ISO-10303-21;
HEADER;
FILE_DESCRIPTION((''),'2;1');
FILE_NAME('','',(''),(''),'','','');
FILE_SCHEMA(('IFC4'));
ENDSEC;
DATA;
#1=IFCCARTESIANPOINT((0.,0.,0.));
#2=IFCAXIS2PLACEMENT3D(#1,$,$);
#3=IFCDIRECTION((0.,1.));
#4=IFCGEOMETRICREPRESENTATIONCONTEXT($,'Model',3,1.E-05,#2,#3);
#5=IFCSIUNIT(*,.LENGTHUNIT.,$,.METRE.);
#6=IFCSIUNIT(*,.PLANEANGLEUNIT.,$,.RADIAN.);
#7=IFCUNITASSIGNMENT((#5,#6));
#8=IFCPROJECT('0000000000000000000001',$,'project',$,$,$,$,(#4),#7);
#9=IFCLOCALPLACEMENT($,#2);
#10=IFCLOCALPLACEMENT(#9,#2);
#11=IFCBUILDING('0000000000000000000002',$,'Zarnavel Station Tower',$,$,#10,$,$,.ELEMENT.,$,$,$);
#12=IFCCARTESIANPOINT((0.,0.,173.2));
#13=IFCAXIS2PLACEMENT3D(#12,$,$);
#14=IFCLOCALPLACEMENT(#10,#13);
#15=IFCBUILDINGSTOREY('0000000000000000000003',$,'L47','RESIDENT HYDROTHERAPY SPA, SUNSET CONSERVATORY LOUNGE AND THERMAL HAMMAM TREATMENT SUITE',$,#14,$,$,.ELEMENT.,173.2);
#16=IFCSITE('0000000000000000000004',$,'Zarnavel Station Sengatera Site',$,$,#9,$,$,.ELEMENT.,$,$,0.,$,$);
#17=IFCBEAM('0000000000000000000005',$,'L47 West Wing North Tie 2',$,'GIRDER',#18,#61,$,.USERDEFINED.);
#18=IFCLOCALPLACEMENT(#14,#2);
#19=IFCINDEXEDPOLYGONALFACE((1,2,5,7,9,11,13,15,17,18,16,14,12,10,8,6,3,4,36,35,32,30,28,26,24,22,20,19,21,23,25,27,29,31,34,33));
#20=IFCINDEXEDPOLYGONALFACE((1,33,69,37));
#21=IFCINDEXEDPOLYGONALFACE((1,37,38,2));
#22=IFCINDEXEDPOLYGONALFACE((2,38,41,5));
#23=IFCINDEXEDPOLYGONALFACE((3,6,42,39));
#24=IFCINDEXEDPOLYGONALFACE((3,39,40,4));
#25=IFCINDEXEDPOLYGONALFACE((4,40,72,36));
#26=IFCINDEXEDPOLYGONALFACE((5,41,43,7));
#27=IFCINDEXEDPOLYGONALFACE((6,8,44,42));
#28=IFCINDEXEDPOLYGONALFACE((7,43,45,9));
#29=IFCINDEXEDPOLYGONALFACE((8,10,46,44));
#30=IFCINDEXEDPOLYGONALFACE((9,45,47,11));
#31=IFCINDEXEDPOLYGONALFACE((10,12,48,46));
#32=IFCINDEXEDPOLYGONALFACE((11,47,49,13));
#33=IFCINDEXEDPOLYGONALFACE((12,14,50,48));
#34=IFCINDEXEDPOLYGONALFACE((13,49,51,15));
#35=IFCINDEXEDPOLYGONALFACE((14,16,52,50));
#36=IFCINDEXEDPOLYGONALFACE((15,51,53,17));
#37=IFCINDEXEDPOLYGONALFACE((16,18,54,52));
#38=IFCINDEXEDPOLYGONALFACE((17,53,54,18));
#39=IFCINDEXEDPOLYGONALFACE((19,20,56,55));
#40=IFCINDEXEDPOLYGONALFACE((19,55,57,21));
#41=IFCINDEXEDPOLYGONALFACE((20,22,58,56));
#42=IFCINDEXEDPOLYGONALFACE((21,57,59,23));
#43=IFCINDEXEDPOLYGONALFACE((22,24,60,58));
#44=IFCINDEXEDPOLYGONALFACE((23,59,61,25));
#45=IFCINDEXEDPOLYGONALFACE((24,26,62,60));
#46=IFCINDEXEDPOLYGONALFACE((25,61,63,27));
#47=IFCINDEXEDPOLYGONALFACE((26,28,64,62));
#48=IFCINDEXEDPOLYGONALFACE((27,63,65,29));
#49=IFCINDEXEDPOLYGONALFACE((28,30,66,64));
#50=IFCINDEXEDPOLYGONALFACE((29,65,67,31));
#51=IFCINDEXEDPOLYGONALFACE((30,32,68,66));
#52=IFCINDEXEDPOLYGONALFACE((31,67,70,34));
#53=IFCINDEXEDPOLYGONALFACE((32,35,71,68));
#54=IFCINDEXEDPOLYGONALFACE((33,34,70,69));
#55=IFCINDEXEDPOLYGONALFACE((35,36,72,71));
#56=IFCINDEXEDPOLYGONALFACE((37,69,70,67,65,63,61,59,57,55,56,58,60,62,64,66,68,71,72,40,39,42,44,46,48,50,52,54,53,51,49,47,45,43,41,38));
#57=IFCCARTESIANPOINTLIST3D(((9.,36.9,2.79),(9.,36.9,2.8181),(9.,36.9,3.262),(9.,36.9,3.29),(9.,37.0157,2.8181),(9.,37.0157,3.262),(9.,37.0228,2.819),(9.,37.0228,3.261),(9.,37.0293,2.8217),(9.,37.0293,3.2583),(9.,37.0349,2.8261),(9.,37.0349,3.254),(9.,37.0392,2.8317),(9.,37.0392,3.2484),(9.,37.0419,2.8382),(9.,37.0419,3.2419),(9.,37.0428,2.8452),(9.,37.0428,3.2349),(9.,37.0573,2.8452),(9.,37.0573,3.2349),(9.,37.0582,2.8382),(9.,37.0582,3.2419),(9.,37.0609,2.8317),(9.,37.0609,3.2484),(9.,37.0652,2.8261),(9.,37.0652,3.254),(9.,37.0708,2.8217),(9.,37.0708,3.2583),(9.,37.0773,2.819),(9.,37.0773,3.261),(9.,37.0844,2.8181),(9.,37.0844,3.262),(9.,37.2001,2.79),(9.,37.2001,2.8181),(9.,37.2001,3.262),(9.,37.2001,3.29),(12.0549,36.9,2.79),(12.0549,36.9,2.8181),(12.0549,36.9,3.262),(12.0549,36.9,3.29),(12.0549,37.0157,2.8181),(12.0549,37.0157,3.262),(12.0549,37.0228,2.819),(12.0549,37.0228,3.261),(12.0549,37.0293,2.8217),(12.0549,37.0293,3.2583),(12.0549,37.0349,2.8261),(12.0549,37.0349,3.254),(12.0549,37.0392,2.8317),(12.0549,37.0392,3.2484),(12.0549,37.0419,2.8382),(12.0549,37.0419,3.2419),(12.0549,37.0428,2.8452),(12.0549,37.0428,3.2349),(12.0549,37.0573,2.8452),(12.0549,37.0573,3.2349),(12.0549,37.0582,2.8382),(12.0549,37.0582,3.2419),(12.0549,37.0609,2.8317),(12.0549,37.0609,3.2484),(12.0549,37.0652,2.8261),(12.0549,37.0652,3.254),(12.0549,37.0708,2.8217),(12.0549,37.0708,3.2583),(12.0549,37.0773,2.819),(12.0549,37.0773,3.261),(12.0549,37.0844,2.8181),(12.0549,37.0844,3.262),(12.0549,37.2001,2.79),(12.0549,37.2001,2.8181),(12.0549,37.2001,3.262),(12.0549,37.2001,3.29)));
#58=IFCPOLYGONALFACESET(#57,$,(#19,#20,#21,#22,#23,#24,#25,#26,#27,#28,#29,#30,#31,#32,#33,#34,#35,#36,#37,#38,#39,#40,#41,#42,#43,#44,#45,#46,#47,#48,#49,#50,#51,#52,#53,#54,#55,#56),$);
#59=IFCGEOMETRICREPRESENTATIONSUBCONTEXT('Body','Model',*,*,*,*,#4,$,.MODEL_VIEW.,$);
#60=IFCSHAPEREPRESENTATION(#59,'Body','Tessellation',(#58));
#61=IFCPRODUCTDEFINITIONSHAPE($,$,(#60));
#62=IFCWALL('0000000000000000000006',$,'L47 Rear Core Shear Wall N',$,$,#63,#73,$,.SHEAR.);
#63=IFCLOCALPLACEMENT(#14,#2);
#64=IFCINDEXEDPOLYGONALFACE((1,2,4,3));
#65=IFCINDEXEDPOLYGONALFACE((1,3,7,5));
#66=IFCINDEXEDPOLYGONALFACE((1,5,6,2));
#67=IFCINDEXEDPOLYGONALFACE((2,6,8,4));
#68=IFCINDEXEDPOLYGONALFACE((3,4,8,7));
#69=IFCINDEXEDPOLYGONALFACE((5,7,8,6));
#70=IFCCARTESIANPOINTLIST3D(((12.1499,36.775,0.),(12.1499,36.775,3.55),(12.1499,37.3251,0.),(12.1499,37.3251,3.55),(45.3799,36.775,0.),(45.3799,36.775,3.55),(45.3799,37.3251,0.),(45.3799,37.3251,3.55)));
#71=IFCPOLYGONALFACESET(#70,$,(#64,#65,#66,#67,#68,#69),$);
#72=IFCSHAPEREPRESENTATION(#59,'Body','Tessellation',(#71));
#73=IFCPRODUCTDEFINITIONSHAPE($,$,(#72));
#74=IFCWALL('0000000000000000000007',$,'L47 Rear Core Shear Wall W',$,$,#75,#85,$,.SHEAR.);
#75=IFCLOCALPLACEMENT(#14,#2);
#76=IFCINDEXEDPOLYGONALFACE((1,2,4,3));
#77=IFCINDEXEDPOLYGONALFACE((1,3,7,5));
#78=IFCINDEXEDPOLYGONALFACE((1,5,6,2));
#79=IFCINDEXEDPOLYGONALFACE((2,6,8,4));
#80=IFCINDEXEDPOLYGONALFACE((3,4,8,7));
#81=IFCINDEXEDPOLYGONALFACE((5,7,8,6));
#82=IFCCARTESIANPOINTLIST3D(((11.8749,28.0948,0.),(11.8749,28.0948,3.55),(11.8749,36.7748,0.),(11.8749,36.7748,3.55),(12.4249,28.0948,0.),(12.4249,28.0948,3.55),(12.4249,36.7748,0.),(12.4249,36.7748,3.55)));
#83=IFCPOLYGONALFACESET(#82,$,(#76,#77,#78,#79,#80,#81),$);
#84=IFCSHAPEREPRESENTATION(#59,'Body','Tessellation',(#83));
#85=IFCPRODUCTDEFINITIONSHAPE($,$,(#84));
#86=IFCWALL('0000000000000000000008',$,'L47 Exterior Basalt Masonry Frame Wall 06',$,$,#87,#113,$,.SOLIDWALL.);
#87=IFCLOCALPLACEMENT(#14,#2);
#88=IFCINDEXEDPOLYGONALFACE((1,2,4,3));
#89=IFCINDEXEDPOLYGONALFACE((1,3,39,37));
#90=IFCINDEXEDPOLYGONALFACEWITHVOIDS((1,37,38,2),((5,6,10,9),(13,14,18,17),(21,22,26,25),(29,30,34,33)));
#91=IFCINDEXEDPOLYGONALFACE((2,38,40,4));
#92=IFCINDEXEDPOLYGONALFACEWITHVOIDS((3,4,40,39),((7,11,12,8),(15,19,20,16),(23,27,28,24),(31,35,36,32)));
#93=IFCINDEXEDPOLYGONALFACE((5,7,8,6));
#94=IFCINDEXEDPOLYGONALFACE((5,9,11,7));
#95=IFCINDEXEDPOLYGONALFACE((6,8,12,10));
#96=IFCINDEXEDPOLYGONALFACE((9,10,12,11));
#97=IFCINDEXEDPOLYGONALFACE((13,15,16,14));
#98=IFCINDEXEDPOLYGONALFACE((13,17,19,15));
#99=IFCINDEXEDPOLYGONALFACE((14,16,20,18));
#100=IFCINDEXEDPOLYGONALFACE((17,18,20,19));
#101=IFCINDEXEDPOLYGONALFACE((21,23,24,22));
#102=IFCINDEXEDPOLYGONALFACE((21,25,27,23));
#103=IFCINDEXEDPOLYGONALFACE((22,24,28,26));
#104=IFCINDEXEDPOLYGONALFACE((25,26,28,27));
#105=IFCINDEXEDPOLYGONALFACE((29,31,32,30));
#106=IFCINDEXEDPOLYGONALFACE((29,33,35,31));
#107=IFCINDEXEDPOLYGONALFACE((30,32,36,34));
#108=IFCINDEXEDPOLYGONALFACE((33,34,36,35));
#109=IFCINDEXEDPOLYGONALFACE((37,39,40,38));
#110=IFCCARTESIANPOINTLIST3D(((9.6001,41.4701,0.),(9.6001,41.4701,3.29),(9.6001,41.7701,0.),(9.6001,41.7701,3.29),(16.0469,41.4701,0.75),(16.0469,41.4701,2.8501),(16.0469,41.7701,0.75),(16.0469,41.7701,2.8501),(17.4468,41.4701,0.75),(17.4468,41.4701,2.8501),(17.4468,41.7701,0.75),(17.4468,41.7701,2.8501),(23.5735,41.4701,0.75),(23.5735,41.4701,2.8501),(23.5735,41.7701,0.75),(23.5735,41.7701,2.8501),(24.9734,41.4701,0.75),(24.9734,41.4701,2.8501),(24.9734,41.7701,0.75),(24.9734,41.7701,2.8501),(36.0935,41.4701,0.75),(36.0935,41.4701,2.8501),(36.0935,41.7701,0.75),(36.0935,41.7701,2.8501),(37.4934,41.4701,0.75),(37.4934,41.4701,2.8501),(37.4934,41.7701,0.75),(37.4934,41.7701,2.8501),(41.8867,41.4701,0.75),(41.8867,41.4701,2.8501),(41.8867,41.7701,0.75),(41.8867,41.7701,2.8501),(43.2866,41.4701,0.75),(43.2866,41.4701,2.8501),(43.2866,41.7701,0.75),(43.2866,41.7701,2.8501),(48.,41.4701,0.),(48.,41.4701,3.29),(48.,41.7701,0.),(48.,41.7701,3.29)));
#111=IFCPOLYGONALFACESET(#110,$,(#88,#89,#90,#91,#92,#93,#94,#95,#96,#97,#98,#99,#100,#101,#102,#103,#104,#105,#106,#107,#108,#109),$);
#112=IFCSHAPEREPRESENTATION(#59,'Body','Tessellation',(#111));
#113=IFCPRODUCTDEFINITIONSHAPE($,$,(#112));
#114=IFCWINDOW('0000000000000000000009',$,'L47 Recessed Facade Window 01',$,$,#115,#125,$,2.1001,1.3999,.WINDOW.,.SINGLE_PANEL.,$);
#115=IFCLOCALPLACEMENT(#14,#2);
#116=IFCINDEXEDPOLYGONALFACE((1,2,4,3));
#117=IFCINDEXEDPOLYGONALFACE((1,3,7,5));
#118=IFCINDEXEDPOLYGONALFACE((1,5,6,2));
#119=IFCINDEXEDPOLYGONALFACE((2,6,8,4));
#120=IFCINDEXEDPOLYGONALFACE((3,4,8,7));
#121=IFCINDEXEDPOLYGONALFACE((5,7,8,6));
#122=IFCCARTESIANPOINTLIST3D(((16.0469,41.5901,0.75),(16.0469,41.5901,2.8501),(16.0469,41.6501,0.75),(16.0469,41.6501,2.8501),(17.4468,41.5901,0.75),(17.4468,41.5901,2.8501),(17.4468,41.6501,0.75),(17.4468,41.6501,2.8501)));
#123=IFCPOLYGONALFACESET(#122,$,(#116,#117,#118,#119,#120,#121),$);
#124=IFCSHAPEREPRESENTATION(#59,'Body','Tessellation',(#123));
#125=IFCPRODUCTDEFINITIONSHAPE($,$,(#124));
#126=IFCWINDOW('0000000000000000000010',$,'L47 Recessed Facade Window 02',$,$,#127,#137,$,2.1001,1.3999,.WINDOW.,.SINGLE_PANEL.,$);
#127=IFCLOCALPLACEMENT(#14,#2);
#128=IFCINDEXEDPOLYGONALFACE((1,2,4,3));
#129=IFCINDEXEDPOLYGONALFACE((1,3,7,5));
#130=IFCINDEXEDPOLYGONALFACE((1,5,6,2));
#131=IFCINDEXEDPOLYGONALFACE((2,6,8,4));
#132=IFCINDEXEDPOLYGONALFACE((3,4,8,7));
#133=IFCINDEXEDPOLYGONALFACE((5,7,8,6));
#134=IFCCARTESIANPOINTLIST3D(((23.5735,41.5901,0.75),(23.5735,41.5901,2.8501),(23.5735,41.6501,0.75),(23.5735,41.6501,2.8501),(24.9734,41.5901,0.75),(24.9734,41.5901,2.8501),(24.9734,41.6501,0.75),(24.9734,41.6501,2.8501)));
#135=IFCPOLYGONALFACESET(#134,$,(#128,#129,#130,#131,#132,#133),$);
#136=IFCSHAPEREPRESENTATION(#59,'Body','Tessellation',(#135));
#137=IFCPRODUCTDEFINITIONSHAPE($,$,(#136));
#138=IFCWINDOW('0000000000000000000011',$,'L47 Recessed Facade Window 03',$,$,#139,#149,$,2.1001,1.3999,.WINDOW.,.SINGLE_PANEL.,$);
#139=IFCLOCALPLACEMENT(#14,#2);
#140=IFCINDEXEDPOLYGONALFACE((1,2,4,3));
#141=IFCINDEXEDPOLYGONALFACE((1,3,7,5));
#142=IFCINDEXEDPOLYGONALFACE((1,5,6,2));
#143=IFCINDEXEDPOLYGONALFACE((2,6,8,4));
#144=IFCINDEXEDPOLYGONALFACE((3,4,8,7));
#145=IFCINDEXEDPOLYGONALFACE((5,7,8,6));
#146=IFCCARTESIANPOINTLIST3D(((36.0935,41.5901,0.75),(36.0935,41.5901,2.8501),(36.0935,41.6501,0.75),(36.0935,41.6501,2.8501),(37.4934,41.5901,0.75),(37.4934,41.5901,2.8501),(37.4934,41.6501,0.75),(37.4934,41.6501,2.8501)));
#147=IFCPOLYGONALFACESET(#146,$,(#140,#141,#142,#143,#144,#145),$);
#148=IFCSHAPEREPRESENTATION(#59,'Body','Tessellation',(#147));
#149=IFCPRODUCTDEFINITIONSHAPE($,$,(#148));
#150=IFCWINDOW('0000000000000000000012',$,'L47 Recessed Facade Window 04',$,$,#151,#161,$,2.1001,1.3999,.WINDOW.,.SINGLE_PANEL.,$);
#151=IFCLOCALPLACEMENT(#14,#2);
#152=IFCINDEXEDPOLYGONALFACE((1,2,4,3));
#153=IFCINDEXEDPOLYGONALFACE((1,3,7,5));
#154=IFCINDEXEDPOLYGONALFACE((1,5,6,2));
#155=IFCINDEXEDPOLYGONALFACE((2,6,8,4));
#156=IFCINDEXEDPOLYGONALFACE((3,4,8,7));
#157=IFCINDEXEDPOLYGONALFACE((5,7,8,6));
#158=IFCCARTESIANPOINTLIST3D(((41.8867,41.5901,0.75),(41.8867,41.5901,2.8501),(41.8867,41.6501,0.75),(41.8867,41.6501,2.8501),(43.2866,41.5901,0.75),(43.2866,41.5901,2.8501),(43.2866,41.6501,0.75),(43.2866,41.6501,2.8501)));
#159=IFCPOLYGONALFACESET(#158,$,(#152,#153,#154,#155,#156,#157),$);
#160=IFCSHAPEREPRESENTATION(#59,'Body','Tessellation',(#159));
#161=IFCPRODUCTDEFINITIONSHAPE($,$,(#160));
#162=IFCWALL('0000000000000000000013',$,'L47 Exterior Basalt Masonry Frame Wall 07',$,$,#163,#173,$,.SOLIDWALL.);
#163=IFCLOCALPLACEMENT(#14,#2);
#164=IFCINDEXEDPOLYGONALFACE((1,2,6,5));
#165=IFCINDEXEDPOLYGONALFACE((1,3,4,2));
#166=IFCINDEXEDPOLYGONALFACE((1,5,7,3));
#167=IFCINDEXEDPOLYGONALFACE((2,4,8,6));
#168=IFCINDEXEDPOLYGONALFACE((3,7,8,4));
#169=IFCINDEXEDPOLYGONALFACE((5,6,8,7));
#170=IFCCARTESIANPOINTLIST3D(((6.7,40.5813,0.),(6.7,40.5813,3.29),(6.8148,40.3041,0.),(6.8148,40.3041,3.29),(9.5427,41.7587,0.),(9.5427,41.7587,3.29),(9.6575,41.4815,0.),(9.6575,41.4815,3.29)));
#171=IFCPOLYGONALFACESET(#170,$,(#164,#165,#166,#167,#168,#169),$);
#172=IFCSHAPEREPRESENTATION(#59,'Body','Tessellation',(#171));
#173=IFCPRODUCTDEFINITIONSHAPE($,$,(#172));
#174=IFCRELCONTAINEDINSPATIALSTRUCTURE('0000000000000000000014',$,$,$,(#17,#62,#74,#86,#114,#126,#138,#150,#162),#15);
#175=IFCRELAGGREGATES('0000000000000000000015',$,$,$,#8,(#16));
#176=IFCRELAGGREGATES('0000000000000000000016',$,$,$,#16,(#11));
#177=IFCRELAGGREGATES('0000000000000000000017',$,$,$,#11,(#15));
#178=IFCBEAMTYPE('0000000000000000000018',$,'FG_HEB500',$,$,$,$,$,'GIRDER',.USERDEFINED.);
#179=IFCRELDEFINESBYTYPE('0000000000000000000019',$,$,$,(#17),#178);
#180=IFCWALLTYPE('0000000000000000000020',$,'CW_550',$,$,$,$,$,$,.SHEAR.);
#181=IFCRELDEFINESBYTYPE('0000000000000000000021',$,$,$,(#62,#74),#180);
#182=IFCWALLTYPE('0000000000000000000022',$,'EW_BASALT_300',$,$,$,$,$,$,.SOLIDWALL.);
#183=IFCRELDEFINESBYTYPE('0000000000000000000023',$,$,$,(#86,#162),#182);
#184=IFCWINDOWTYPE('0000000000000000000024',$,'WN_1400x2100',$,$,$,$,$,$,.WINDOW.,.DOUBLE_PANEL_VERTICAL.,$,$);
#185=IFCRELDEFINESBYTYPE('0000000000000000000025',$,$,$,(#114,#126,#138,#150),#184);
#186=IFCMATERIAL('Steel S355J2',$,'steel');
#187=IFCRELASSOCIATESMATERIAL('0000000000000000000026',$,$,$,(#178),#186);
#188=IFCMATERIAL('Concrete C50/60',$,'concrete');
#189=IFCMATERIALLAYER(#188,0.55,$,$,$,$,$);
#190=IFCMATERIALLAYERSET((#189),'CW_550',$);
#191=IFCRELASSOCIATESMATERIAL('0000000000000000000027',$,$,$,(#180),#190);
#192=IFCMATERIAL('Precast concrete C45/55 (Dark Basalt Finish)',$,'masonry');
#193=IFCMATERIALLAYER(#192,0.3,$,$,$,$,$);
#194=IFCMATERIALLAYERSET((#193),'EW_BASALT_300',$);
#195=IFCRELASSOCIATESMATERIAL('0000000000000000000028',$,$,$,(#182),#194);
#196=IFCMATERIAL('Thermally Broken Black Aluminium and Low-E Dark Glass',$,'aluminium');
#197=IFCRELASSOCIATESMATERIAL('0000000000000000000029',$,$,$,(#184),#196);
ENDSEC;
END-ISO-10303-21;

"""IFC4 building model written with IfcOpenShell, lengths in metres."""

from ifc_helpers import new_model, si_unit, direction, frame, frame_2d, origin, origin_2d, place, context, subcontext, project, spatial, rectangle, i_section, extrude, material, layer, layer_set, material_profile, profile_set, type_object, element, fill, save


model = new_model("IFC4")

# Units and contexts
model_context = context("Model", 3, precision=1e-05, world=origin(), true_north=direction((0.0, 1.0)))
body_context = subcontext(model_context, "Body", "Model", "MODEL_VIEW")
ifc_project = project(units=[si_unit("LENGTHUNIT", "METRE"), si_unit("PLANEANGLEUNIT", "RADIAN")], contexts=[model_context])

# Site, building, storey
site_placement = place(None, origin())
site = spatial("IfcSite", under=ifc_project, at=site_placement, Name="Zarnavel Station Sengatera Site", CompositionType="ELEMENT", RefElevation=0.0)
building_placement = place(site_placement, origin())
building = spatial("IfcBuilding", under=site, at=building_placement, Name="Zarnavel Station Tower", CompositionType="ELEMENT")
storey_placement = place(building_placement, frame((0.0, 0.0, 173.2)))
storey = spatial("IfcBuildingStorey", under=building, at=storey_placement, Name="L47", Description="RESIDENT HYDROTHERAPY SPA, SUNSET CONSERVATORY LOUNGE AND THERMAL HAMMAM TREATMENT SUITE", CompositionType="ELEMENT", Elevation=173.2)

# Beam
ifc_material_1 = material(Name="Steel S355J2", Category="steel")
ifc_material_profile_1 = material_profile(ifc_material_1, i_section(OverallWidth=0.3, OverallDepth=0.5, WebThickness=0.0144, FlangeThickness=0.0281, FilletRadius=0.0271, at=origin_2d()), Name="HEB500")
ifc_profile_set_1 = profile_set([ifc_material_profile_1], Name="Steel S355J2")
beam_type = type_object("IfcBeamType", Name="FG_HEB500", ElementType="GIRDER", PredefinedType="USERDEFINED", material=ifc_profile_set_1)
beam_1_placement = place(storey_placement, frame((9.0, 37.05, 3.04), z_axis=(1.0, 0.0, 0.0), x_axis=(0.0, 1.0, 0.0)))
element("IfcBeam", 1, at=beam_1_placement, inside=storey, type_object=beam_type, Name="L47 West Wing North Tie 2", ObjectType="GIRDER", PredefinedType="USERDEFINED", context=body_context, shape_type="SweptSolid", body=[
    extrude(i_section(OverallWidth=0.3, OverallDepth=0.5, WebThickness=0.0144, FlangeThickness=0.0281, FilletRadius=0.0271, at=origin_2d()), origin(), (0.0, 0.0, 1.0), 3.0549),
])

# Walls
ifc_material_2 = material(Name="Concrete C50/60", Category="concrete")
ifc_layer_1 = layer(ifc_material_2, 0.55)
ifc_layer_set_1 = layer_set([ifc_layer_1], Name="CW_550")
wall_type_1 = type_object("IfcWallType", Name="CW_550", PredefinedType="SHEAR", material=ifc_layer_set_1)
wall_1_placement = place(storey_placement, frame((12.1499, 37.05, 0.0), z_axis=(0.0, 0.0, 1.0), x_axis=(1.0, 0.0, 0.0)))
element("IfcWall", 2, at=wall_1_placement, inside=storey, type_object=wall_type_1, Name="L47 Rear Core Shear Wall N", PredefinedType="SHEAR", context=body_context, shape_type="SweptSolid", body=[
    extrude(rectangle(XDim=33.23, YDim=0.55, at=frame_2d((16.615, 0.0))), origin(), (0.0, 0.0, 1.0), 3.55),
])
wall_2_placement = place(storey_placement, frame((12.1499, 28.095, 0.0), z_axis=(0.0, 0.0, 1.0), x_axis=(0.0, 1.0, 0.0)))
element("IfcWall", 3, at=wall_2_placement, inside=storey, type_object=wall_type_1, Name="L47 Rear Core Shear Wall W", PredefinedType="SHEAR", context=body_context, shape_type="SweptSolid", body=[
    extrude(rectangle(XDim=8.6799, YDim=0.55, at=frame_2d((4.3398, 0.0))), origin(), (0.0, 0.0, 1.0), 3.55),
])

# Wall, openings, windows
ifc_material_3 = material(Name="Precast concrete C45/55 (Dark Basalt Finish)", Category="masonry")
ifc_layer_2 = layer(ifc_material_3, 0.3)
ifc_layer_set_2 = layer_set([ifc_layer_2], Name="EW_BASALT_300")
wall_type_2 = type_object("IfcWallType", Name="EW_BASALT_300", PredefinedType="SOLIDWALL", material=ifc_layer_set_2)
wall_3_placement = place(storey_placement, frame((9.6001, 41.6201, 0.0), z_axis=(0.0, 0.0, 1.0), x_axis=(1.0, 0.0, 0.0)))
wall_3 = element("IfcWall", 4, at=wall_3_placement, inside=storey, type_object=wall_type_2, Name="L47 Exterior Basalt Masonry Frame Wall 06", PredefinedType="SOLIDWALL", context=body_context, shape_type="SweptSolid", body=[
    extrude(rectangle(XDim=38.3999, YDim=0.3, at=frame_2d((19.2, 0.0))), origin(), (0.0, 0.0, 1.0), 3.29),
])
opening_1_placement = place(wall_3_placement, frame((6.4468, 0.0, 0.75)))
opening_1 = element("IfcOpeningElement", 5, at=opening_1_placement, cuts=wall_3, PredefinedType="OPENING", context=body_context, shape_type="SweptSolid", body=[
    extrude(rectangle(XDim=1.3999, YDim=2.1001, at=frame_2d((0.7, 1.05))), frame((0.0, 0.1599, 0.0), z_axis=(0.0, -1.0, 0.0), x_axis=(1.0, 0.0, 0.0)), (0.0, 0.0, 1.0), 0.3201),
])
opening_2_placement = place(wall_3_placement, frame((13.9734, 0.0, 0.75)))
opening_2 = element("IfcOpeningElement", 6, at=opening_2_placement, cuts=wall_3, PredefinedType="OPENING", context=body_context, shape_type="SweptSolid", body=[
    extrude(rectangle(XDim=1.3999, YDim=2.1001, at=frame_2d((0.7, 1.05))), frame((0.0, 0.1599, 0.0), z_axis=(0.0, -1.0, 0.0), x_axis=(1.0, 0.0, 0.0)), (0.0, 0.0, 1.0), 0.3201),
])
opening_3_placement = place(wall_3_placement, frame((26.4934, 0.0, 0.75)))
opening_3 = element("IfcOpeningElement", 7, at=opening_3_placement, cuts=wall_3, PredefinedType="OPENING", context=body_context, shape_type="SweptSolid", body=[
    extrude(rectangle(XDim=1.3999, YDim=2.1001, at=frame_2d((0.7, 1.05))), frame((0.0, 0.1599, 0.0), z_axis=(0.0, -1.0, 0.0), x_axis=(1.0, 0.0, 0.0)), (0.0, 0.0, 1.0), 0.3201),
])
opening_4_placement = place(wall_3_placement, frame((32.2866, 0.0, 0.75)))
opening_4 = element("IfcOpeningElement", 8, at=opening_4_placement, cuts=wall_3, PredefinedType="OPENING", context=body_context, shape_type="SweptSolid", body=[
    extrude(rectangle(XDim=1.3999, YDim=2.1001, at=frame_2d((0.7, 1.05))), frame((0.0, 0.1599, 0.0), z_axis=(0.0, -1.0, 0.0), x_axis=(1.0, 0.0, 0.0)), (0.0, 0.0, 1.0), 0.3201),
])
ifc_material_4 = material(Name="Thermally Broken Black Aluminium and Low-E Dark Glass", Category="aluminium")
window_type = type_object("IfcWindowType", Name="WN_1400x2100", PartitioningType="DOUBLE_PANEL_VERTICAL", PredefinedType="WINDOW", material=ifc_material_4)
window_1_placement = place(opening_1_placement, origin())
window_1 = element("IfcWindow", 9, at=window_1_placement, inside=storey, type_object=window_type, Name="L47 Recessed Facade Window 01", OverallHeight=2.1001, OverallWidth=1.3999, PartitioningType="SINGLE_PANEL", PredefinedType="WINDOW", context=body_context, shape_type="SweptSolid", body=[
    extrude(rectangle(XDim=1.3999, YDim=2.1001, at=frame_2d((0.7, 1.05))), frame((0.0, 0.03, 0.0), z_axis=(0.0, -1.0, 0.0), x_axis=(1.0, 0.0, 0.0)), (0.0, 0.0, 1.0), 0.0601),
])
fill(opening_1, window_1)
window_2_placement = place(opening_2_placement, origin())
window_2 = element("IfcWindow", 10, at=window_2_placement, inside=storey, type_object=window_type, Name="L47 Recessed Facade Window 02", OverallHeight=2.1001, OverallWidth=1.3999, PartitioningType="SINGLE_PANEL", PredefinedType="WINDOW", context=body_context, shape_type="SweptSolid", body=[
    extrude(rectangle(XDim=1.3999, YDim=2.1001, at=frame_2d((0.7, 1.05))), frame((0.0, 0.03, 0.0), z_axis=(0.0, -1.0, 0.0), x_axis=(1.0, 0.0, 0.0)), (0.0, 0.0, 1.0), 0.0601),
])
fill(opening_2, window_2)
window_3_placement = place(opening_3_placement, origin())
window_3 = element("IfcWindow", 11, at=window_3_placement, inside=storey, type_object=window_type, Name="L47 Recessed Facade Window 03", OverallHeight=2.1001, OverallWidth=1.3999, PartitioningType="SINGLE_PANEL", PredefinedType="WINDOW", context=body_context, shape_type="SweptSolid", body=[
    extrude(rectangle(XDim=1.3999, YDim=2.1001, at=frame_2d((0.7, 1.05))), frame((0.0, 0.03, 0.0), z_axis=(0.0, -1.0, 0.0), x_axis=(1.0, 0.0, 0.0)), (0.0, 0.0, 1.0), 0.0601),
])
fill(opening_3, window_3)
window_4_placement = place(opening_4_placement, origin())
window_4 = element("IfcWindow", 12, at=window_4_placement, inside=storey, type_object=window_type, Name="L47 Recessed Facade Window 04", OverallHeight=2.1001, OverallWidth=1.3999, PartitioningType="SINGLE_PANEL", PredefinedType="WINDOW", context=body_context, shape_type="SweptSolid", body=[
    extrude(rectangle(XDim=1.3999, YDim=2.1001, at=frame_2d((0.7, 1.05))), frame((0.0, 0.03, 0.0), z_axis=(0.0, -1.0, 0.0), x_axis=(1.0, 0.0, 0.0)), (0.0, 0.0, 1.0), 0.0601),
])
fill(opening_4, window_4)

# Wall
wall_4_placement = place(storey_placement, frame((6.7573, 40.4426, 0.0), z_axis=(0.0, 0.0, 1.0), x_axis=(0.923882, 0.382676, 0.0)))
element("IfcWall", 13, at=wall_4_placement, inside=storey, type_object=wall_type_2, Name="L47 Exterior Basalt Masonry Frame Wall 07", PredefinedType="SOLIDWALL", context=body_context, shape_type="SweptSolid", body=[
    extrude(rectangle(XDim=3.0769, YDim=0.3, at=frame_2d((1.5386, 0.0))), origin(), (0.0, 0.0, 1.0), 3.29),
])

save(model, "model.ifc")
